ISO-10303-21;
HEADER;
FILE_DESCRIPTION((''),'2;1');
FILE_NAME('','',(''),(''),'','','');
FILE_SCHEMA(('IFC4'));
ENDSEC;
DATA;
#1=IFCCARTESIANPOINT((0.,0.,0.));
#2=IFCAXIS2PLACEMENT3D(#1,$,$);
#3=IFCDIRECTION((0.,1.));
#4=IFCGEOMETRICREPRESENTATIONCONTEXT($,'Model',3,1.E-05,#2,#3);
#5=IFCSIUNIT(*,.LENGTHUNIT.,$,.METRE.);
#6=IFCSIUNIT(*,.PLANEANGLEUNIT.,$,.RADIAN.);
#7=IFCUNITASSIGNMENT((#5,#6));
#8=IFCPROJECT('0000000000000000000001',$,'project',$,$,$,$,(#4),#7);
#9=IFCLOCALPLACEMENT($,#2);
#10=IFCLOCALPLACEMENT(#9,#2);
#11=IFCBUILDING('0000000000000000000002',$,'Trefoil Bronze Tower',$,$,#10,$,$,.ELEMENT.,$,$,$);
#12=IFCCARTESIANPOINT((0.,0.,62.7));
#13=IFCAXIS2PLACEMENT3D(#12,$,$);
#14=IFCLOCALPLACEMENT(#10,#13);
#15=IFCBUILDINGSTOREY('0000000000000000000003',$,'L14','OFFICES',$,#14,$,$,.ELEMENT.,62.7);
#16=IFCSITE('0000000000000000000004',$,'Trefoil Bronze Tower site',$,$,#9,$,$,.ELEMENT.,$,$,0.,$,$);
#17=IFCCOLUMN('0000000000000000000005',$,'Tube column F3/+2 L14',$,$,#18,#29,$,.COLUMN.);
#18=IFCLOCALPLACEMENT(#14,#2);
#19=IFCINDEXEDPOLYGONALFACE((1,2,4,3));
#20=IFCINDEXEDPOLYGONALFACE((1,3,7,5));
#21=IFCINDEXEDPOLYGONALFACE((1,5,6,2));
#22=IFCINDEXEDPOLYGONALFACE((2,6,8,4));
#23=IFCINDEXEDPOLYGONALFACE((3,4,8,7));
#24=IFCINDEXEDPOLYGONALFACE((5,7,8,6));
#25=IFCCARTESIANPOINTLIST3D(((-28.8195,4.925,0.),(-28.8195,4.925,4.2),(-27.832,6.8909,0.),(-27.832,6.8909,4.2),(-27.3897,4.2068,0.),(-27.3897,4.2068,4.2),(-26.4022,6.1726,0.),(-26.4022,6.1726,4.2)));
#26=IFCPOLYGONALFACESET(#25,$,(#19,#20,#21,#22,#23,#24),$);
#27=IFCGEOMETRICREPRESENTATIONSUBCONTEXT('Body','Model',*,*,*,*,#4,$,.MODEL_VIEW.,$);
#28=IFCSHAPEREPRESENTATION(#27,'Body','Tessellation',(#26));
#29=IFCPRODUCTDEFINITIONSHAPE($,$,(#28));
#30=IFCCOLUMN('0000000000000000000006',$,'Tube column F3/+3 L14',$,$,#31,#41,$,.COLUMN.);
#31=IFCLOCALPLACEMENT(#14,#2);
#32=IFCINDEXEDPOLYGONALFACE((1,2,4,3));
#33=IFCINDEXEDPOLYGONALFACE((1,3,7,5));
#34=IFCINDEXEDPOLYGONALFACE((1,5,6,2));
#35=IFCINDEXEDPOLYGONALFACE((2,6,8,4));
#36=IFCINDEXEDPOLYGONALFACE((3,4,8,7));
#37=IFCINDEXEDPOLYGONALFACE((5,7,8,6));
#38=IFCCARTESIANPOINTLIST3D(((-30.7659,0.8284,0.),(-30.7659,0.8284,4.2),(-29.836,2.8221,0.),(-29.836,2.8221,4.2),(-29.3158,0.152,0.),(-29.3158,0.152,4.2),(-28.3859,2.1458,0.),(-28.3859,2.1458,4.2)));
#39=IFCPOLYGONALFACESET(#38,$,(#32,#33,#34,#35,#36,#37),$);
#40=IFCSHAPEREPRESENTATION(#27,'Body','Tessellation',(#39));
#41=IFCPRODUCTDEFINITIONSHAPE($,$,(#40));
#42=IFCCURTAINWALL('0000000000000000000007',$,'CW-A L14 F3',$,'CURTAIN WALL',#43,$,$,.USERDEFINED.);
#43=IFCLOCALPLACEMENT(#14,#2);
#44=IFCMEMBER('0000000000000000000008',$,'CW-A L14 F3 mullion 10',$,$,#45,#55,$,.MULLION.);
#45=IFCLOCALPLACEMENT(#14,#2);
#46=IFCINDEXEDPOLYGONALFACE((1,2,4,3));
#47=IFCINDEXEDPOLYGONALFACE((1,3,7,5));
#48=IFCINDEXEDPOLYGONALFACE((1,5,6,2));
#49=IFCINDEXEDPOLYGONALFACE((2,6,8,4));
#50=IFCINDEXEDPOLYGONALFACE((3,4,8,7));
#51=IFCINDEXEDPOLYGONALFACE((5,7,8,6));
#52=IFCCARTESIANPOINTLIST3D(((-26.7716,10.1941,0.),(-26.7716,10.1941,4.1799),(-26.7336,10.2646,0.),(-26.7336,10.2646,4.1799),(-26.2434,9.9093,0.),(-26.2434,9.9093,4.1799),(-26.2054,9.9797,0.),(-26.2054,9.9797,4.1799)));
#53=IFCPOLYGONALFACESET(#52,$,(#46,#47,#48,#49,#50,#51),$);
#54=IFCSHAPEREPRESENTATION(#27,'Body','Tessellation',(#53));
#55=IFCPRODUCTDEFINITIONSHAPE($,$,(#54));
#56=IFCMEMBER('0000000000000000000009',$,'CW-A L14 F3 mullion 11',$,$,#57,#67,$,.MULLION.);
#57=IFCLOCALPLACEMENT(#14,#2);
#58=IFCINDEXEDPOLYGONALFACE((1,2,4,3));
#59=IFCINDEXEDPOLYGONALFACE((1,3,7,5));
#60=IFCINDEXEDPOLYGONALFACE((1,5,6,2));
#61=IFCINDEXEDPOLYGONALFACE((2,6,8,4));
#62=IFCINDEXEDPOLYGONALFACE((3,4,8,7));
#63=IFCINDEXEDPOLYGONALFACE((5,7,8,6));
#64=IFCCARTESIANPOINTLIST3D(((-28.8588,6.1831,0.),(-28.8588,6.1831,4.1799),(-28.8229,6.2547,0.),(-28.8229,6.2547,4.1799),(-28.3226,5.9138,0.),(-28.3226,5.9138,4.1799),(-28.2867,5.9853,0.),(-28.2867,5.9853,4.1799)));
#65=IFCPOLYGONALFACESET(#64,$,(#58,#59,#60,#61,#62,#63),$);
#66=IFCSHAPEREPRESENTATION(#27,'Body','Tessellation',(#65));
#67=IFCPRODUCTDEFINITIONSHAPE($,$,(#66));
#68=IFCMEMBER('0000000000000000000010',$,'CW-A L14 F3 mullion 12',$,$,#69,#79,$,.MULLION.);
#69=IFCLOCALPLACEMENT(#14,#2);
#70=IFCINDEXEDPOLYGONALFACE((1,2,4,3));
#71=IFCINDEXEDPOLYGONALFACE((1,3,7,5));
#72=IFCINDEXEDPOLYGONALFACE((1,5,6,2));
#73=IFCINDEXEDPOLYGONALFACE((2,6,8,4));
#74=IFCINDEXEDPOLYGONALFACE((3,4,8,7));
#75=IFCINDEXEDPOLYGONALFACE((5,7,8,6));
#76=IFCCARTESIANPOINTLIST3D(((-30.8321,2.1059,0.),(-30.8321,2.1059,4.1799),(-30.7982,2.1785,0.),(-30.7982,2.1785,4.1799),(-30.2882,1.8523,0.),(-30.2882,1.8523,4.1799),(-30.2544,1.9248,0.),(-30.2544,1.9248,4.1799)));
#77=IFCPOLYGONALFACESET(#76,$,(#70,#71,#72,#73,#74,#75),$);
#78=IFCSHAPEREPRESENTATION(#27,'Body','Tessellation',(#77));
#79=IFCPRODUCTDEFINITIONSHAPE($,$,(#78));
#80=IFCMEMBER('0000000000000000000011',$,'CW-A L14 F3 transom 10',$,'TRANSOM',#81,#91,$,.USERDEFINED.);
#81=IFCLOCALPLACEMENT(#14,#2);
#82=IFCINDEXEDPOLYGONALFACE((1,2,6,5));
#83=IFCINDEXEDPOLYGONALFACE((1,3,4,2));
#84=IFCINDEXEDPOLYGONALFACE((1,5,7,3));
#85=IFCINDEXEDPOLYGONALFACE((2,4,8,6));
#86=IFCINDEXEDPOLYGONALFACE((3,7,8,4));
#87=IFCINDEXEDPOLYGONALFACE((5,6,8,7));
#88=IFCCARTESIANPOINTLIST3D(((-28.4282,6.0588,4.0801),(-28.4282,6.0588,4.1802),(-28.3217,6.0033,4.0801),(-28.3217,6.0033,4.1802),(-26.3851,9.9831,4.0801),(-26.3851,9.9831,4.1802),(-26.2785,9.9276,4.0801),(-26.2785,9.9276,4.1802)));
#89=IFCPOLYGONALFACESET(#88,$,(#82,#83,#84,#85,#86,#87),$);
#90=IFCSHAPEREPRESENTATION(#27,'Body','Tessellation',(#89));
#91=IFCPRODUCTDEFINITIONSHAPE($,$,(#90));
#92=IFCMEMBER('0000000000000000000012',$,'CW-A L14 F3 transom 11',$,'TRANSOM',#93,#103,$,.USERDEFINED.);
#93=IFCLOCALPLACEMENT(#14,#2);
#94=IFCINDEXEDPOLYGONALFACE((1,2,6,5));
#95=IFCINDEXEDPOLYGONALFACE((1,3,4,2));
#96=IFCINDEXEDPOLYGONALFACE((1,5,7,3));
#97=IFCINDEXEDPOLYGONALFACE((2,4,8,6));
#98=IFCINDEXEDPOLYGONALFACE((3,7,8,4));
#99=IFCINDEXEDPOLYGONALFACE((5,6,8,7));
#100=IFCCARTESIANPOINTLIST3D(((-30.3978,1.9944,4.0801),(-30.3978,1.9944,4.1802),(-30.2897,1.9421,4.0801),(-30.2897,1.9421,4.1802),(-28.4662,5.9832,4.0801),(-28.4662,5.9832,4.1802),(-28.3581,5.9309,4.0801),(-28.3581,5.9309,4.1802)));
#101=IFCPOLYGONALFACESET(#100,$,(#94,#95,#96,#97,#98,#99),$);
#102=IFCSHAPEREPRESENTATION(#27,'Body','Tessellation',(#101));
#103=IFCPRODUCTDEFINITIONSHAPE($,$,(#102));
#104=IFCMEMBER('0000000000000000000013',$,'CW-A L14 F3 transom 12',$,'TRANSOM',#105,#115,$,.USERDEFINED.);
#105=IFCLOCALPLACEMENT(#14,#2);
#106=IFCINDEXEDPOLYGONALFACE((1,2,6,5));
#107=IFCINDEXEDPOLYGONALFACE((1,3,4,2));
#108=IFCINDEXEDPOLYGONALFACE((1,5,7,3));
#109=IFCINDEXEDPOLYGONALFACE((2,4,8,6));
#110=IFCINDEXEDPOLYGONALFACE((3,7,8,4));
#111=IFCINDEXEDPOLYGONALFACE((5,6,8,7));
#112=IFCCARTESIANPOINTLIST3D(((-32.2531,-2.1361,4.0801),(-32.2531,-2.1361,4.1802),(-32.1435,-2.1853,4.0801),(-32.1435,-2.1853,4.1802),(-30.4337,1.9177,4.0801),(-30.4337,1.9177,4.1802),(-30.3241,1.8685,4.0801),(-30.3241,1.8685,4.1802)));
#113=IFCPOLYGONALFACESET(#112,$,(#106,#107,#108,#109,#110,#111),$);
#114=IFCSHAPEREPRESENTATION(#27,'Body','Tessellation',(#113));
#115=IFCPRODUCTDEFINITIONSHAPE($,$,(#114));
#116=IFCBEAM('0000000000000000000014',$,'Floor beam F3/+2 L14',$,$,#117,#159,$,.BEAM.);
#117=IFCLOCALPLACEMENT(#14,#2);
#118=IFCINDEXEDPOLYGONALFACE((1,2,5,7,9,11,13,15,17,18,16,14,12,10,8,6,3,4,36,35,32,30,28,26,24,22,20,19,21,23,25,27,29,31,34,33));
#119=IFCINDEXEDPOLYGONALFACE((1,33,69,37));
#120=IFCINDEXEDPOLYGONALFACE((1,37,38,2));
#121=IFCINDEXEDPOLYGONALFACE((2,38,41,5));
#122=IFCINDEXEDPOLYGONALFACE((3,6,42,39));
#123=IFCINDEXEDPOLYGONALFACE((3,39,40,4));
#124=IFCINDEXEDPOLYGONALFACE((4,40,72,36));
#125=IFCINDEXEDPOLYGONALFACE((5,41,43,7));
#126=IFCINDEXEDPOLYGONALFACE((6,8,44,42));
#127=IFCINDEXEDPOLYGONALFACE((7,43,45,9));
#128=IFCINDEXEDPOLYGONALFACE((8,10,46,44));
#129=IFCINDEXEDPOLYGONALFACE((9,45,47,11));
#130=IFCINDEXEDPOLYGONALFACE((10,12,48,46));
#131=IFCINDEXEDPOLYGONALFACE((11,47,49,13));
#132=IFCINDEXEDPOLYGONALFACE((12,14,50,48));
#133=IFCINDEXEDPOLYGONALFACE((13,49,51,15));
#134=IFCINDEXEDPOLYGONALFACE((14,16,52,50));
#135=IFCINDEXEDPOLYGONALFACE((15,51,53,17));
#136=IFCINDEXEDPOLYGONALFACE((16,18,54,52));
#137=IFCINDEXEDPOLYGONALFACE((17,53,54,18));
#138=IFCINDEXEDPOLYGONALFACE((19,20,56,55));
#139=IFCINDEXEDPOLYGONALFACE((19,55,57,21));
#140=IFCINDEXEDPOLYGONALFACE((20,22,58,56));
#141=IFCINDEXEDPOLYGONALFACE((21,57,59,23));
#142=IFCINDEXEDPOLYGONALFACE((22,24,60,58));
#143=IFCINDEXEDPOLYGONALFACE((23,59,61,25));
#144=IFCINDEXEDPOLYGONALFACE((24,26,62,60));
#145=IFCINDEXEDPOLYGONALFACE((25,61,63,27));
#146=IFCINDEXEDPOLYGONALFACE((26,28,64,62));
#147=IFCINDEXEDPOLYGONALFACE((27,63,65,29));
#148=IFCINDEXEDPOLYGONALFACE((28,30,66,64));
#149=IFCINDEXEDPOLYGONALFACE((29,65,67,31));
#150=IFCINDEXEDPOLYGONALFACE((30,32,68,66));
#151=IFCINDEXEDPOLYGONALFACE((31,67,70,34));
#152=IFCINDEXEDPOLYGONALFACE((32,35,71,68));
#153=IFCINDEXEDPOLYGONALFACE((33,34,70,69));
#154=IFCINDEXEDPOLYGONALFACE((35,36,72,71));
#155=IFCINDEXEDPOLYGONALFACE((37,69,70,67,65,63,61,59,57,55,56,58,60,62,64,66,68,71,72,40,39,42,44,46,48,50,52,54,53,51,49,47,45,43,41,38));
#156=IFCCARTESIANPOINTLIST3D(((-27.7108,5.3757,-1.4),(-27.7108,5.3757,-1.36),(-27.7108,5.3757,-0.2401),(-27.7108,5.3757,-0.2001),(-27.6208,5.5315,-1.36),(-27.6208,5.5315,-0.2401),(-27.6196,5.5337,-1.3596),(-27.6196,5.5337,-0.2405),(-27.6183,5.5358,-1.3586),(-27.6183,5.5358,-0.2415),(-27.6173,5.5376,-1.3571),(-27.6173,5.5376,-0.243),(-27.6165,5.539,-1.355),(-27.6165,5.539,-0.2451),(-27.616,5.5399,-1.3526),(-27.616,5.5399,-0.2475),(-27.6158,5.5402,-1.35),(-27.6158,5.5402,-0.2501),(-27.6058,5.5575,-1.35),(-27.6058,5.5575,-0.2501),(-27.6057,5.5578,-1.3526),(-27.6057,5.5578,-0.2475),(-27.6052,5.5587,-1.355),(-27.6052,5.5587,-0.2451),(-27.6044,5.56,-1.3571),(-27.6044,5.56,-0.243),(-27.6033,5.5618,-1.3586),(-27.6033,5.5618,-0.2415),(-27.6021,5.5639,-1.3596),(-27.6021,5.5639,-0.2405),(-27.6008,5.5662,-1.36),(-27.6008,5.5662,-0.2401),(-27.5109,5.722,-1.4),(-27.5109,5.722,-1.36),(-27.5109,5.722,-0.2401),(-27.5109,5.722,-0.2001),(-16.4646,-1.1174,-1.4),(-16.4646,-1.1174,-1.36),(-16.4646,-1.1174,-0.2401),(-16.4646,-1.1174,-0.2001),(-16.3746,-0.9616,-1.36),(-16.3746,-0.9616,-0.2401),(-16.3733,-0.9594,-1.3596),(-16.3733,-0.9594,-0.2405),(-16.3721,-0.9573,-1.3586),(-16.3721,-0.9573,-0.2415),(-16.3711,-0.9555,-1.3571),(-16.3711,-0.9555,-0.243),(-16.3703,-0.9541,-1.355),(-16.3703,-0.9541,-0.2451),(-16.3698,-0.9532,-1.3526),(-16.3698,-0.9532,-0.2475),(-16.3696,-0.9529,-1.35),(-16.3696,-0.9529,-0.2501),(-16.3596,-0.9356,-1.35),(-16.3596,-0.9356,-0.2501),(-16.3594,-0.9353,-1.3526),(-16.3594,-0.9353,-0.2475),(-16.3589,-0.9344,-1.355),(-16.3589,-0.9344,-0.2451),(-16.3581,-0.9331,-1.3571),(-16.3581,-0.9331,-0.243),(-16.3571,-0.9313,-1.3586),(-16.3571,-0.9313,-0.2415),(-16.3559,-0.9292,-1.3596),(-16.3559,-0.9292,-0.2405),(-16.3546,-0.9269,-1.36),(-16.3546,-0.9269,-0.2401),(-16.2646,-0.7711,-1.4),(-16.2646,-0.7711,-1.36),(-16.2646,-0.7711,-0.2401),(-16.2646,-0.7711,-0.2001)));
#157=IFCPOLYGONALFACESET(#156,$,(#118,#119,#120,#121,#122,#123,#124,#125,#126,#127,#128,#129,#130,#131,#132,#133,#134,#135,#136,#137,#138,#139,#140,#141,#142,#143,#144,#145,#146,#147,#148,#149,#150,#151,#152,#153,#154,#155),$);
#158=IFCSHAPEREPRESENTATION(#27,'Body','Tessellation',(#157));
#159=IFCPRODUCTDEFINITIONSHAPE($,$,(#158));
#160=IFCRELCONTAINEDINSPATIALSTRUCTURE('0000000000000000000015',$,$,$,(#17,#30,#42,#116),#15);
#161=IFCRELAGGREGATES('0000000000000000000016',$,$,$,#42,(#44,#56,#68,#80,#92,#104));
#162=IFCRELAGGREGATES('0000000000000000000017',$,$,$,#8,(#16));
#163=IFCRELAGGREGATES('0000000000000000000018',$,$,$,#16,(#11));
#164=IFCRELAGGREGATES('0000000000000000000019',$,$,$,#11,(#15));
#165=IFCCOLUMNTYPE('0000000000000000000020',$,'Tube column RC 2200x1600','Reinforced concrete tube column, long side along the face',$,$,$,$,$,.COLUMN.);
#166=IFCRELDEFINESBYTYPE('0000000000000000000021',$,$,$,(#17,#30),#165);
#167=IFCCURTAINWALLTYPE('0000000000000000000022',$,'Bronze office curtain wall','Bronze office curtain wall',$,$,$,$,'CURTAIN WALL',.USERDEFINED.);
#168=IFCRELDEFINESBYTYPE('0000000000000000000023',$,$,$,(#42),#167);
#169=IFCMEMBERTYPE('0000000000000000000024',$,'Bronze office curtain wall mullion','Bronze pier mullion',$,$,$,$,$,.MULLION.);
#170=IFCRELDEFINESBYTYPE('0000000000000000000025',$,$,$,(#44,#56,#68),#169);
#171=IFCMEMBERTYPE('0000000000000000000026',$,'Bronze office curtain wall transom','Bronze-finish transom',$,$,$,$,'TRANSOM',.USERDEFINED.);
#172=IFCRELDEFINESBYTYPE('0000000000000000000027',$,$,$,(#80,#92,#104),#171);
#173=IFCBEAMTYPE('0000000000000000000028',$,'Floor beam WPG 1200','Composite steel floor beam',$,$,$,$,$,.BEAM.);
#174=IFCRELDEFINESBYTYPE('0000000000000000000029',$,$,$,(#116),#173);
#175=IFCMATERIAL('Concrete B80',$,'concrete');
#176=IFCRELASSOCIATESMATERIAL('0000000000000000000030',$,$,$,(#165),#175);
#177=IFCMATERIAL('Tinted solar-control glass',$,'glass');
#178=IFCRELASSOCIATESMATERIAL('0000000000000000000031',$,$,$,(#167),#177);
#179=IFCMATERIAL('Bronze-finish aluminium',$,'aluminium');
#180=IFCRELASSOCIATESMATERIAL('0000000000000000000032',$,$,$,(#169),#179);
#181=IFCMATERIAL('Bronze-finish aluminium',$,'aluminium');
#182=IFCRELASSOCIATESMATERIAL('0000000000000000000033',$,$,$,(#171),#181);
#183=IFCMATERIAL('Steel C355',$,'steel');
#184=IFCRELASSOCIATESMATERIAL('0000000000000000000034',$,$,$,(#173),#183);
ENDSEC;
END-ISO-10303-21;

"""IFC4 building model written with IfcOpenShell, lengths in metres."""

from ifc_helpers import new_model, si_unit, direction, frame, origin, origin_2d, place, context, subcontext, project, spatial, rectangle, i_section, extrude, material, material_profile, profile_set, type_object, element, aggregate, save


model = new_model("IFC4")

# Units and contexts
model_context = context("Model", 3, precision=1e-05, world=origin(), true_north=direction((0.0, 1.0)))
body_context = subcontext(model_context, "Body", "Model", "MODEL_VIEW")
ifc_project = project(units=[si_unit("LENGTHUNIT", "METRE"), si_unit("PLANEANGLEUNIT", "RADIAN")], contexts=[model_context])

# Site, building, storey
site_placement = place(None, origin())
site = spatial("IfcSite", under=ifc_project, at=site_placement, Name="Trefoil Bronze Tower site", CompositionType="ELEMENT", RefElevation=0.0)
building_placement = place(site_placement, origin())
building = spatial("IfcBuilding", under=site, at=building_placement, Name="Trefoil Bronze Tower", CompositionType="ELEMENT")
storey_placement = place(building_placement, frame((0.0, 0.0, 62.7)))
storey = spatial("IfcBuildingStorey", under=building, at=storey_placement, Name="L14", Description="OFFICES", CompositionType="ELEMENT", Elevation=62.7)

# Columns
ifc_material_1 = material(Name="Concrete B80", Category="concrete")
ifc_material_profile_1 = material_profile(ifc_material_1, rectangle(XDim=2.2, YDim=1.6001, at=origin_2d()), Name="RC 2200x1600")
ifc_profile_set_1 = profile_set([ifc_material_profile_1], Name="Concrete B80")
column_type = type_object("IfcColumnType", Name="Tube column RC 2200x1600", Description="Reinforced concrete tube column, long side along the face", PredefinedType="COLUMN", material=ifc_profile_set_1)
for number, where, z_axis, x_axis, name in (
    (1, (-27.6108, 5.5488, 0.0), (0.0, 0.0, 1.0), (-0.44889, -0.893587, 0.0), "Tube column F3/+2 L14"),
    (2, (-29.5759, 1.4871, 0.0), (0.0, 0.0, 1.0), (-0.422701, -0.906269, 0.0), "Tube column F3/+3 L14"),
):
    element("IfcColumn", number, at=place(storey_placement, frame(where, z_axis=z_axis, x_axis=x_axis)), inside=storey, type_object=column_type, Name=name, PredefinedType="COLUMN", context=body_context, shape_type="SweptSolid", body=[
        extrude(rectangle(XDim=2.2, YDim=1.6001, at=origin_2d()), origin(), (0.0, 0.0, 1.0), 4.2),
    ])

# Curtain wall, members
ifc_material_2 = material(Name="Tinted solar-control glass", Category="glass")
curtain_wall_type = type_object("IfcCurtainWallType", Name="Bronze office curtain wall", Description="Bronze office curtain wall", ElementType="CURTAIN WALL", PredefinedType="USERDEFINED", material=ifc_material_2)
curtain_wall_placement = place(storey_placement, origin())
curtain_wall = element("IfcCurtainWall", 3, at=curtain_wall_placement, inside=storey, type_object=curtain_wall_type, Name="CW-A L14 F3", ObjectType="CURTAIN WALL", PredefinedType="USERDEFINED")
ifc_material_3 = material(Name="Bronze-finish aluminium", Category="aluminium")
ifc_material_profile_2 = material_profile(ifc_material_3, rectangle(XDim=0.6001, YDim=0.0801, at=origin_2d()), Name="CW-A mullion")
ifc_profile_set_2 = profile_set([ifc_material_profile_2], Name="Bronze-finish aluminium")
member_type_1 = type_object("IfcMemberType", Name="Bronze office curtain wall mullion", Description="Bronze pier mullion", PredefinedType="MULLION", material=ifc_profile_set_2)
member_1_placement = place(storey_placement, frame((-26.4885, 10.0869, 0.0), z_axis=(0.0, 0.0, 1.0), x_axis=(0.880171, -0.474656, 0.0)))
member_1 = element("IfcMember", 4, at=member_1_placement, type_object=member_type_1, Name="CW-A L14 F3 mullion 10", PredefinedType="MULLION", context=body_context, shape_type="SweptSolid", body=[
    extrude(rectangle(XDim=0.6001, YDim=0.0801, at=origin_2d()), origin(), (0.0, 0.0, 1.0), 4.1799),
])
member_2_placement = place(storey_placement, frame((-28.5728, 6.0842, 0.0), z_axis=(0.0, 0.0, 1.0), x_axis=(0.893587, -0.44889, 0.0)))
member_2 = element("IfcMember", 5, at=member_2_placement, type_object=member_type_1, Name="CW-A L14 F3 mullion 11", PredefinedType="MULLION", context=body_context, shape_type="SweptSolid", body=[
    extrude(rectangle(XDim=0.6001, YDim=0.0801, at=origin_2d()), origin(), (0.0, 0.0, 1.0), 4.1799),
])
member_3_placement = place(storey_placement, frame((-30.5432, 2.0154, 0.0), z_axis=(0.0, 0.0, 1.0), x_axis=(0.906269, -0.422701, 0.0)))
member_3 = element("IfcMember", 6, at=member_3_placement, type_object=member_type_1, Name="CW-A L14 F3 mullion 12", PredefinedType="MULLION", context=body_context, shape_type="SweptSolid", body=[
    extrude(rectangle(XDim=0.6001, YDim=0.0801, at=origin_2d()), origin(), (0.0, 0.0, 1.0), 4.1799),
])
ifc_material_4 = material(Name="Bronze-finish aluminium", Category="aluminium")
ifc_material_profile_3 = material_profile(ifc_material_4, rectangle(XDim=0.1201, YDim=0.1001, at=origin_2d()), Name="CW-A transom")
ifc_profile_set_3 = profile_set([ifc_material_profile_3], Name="Bronze-finish aluminium")
member_type_2 = type_object("IfcMemberType", Name="Bronze office curtain wall transom", Description="Bronze-finish transom", ElementType="TRANSOM", PredefinedType="USERDEFINED", material=ifc_profile_set_3)
member_4_placement = place(storey_placement, frame((-26.3318, 9.9553, 4.1301), z_axis=(-0.46181, -0.886979, 0.0), x_axis=(0.886979, -0.46181, 0.0)))
member_4 = element("IfcMember", 7, at=member_4_placement, type_object=member_type_2, Name="CW-A L14 F3 transom 10", ObjectType="TRANSOM", PredefinedType="USERDEFINED", context=body_context, shape_type="SweptSolid", body=[
    extrude(rectangle(XDim=0.1201, YDim=0.1001, at=origin_2d()), origin(), (0.0, 0.0, 1.0), 4.4243),
])
member_5_placement = place(storey_placement, frame((-28.4121, 5.957, 4.1301), z_axis=(-0.435852, -0.900018, 0.0), x_axis=(0.900018, -0.435852, 0.0)))
member_5 = element("IfcMember", 8, at=member_5_placement, type_object=member_type_2, Name="CW-A L14 F3 transom 11", ObjectType="TRANSOM", PredefinedType="USERDEFINED", context=body_context, shape_type="SweptSolid", body=[
    extrude(rectangle(XDim=0.1201, YDim=0.1001, at=origin_2d()), origin(), (0.0, 0.0, 1.0), 4.4319),
])
member_6_placement = place(storey_placement, frame((-30.3789, 1.8931, 4.1301), z_axis=(-0.40946, -0.912328, 0.0), x_axis=(0.912328, -0.40946, 0.0)))
member_6 = element("IfcMember", 9, at=member_6_placement, type_object=member_type_2, Name="CW-A L14 F3 transom 12", ObjectType="TRANSOM", PredefinedType="USERDEFINED", context=body_context, shape_type="SweptSolid", body=[
    extrude(rectangle(XDim=0.1201, YDim=0.1001, at=origin_2d()), origin(), (0.0, 0.0, 1.0), 4.4434),
])

# Beam
ifc_material_5 = material(Name="Steel C355", Category="steel")
ifc_material_profile_4 = material_profile(ifc_material_5, i_section(OverallWidth=0.3999, OverallDepth=1.2, WebThickness=0.02, FlangeThickness=0.04, FilletRadius=0.01, at=origin_2d()), Name="WPG 1200")
ifc_profile_set_4 = profile_set([ifc_material_profile_4], Name="Steel C355")
beam_type_1 = type_object("IfcBeamType", Name="Floor beam WPG 1200", Description="Composite steel floor beam", PredefinedType="BEAM", material=ifc_profile_set_4)
beam_1_placement = place(storey_placement, frame((-27.6108, 5.5488, -0.8), z_axis=(0.866022, -0.500005, 0.0), x_axis=(0.500005, 0.866022, 0.0)))
element("IfcBeam", 10, at=beam_1_placement, inside=storey, type_object=beam_type_1, Name="Floor beam F3/+2 L14", PredefinedType="BEAM", context=body_context, shape_type="SweptSolid", body=[
    extrude(i_section(OverallWidth=0.3999, OverallDepth=1.2, WebThickness=0.02, FlangeThickness=0.04, FilletRadius=0.01, at=origin_2d()), origin(), (0.0, 0.0, 1.0), 12.9861),
])

aggregate(curtain_wall, [member_1, member_2, member_3, member_4, member_5, member_6])

save(model, "model.ifc")
